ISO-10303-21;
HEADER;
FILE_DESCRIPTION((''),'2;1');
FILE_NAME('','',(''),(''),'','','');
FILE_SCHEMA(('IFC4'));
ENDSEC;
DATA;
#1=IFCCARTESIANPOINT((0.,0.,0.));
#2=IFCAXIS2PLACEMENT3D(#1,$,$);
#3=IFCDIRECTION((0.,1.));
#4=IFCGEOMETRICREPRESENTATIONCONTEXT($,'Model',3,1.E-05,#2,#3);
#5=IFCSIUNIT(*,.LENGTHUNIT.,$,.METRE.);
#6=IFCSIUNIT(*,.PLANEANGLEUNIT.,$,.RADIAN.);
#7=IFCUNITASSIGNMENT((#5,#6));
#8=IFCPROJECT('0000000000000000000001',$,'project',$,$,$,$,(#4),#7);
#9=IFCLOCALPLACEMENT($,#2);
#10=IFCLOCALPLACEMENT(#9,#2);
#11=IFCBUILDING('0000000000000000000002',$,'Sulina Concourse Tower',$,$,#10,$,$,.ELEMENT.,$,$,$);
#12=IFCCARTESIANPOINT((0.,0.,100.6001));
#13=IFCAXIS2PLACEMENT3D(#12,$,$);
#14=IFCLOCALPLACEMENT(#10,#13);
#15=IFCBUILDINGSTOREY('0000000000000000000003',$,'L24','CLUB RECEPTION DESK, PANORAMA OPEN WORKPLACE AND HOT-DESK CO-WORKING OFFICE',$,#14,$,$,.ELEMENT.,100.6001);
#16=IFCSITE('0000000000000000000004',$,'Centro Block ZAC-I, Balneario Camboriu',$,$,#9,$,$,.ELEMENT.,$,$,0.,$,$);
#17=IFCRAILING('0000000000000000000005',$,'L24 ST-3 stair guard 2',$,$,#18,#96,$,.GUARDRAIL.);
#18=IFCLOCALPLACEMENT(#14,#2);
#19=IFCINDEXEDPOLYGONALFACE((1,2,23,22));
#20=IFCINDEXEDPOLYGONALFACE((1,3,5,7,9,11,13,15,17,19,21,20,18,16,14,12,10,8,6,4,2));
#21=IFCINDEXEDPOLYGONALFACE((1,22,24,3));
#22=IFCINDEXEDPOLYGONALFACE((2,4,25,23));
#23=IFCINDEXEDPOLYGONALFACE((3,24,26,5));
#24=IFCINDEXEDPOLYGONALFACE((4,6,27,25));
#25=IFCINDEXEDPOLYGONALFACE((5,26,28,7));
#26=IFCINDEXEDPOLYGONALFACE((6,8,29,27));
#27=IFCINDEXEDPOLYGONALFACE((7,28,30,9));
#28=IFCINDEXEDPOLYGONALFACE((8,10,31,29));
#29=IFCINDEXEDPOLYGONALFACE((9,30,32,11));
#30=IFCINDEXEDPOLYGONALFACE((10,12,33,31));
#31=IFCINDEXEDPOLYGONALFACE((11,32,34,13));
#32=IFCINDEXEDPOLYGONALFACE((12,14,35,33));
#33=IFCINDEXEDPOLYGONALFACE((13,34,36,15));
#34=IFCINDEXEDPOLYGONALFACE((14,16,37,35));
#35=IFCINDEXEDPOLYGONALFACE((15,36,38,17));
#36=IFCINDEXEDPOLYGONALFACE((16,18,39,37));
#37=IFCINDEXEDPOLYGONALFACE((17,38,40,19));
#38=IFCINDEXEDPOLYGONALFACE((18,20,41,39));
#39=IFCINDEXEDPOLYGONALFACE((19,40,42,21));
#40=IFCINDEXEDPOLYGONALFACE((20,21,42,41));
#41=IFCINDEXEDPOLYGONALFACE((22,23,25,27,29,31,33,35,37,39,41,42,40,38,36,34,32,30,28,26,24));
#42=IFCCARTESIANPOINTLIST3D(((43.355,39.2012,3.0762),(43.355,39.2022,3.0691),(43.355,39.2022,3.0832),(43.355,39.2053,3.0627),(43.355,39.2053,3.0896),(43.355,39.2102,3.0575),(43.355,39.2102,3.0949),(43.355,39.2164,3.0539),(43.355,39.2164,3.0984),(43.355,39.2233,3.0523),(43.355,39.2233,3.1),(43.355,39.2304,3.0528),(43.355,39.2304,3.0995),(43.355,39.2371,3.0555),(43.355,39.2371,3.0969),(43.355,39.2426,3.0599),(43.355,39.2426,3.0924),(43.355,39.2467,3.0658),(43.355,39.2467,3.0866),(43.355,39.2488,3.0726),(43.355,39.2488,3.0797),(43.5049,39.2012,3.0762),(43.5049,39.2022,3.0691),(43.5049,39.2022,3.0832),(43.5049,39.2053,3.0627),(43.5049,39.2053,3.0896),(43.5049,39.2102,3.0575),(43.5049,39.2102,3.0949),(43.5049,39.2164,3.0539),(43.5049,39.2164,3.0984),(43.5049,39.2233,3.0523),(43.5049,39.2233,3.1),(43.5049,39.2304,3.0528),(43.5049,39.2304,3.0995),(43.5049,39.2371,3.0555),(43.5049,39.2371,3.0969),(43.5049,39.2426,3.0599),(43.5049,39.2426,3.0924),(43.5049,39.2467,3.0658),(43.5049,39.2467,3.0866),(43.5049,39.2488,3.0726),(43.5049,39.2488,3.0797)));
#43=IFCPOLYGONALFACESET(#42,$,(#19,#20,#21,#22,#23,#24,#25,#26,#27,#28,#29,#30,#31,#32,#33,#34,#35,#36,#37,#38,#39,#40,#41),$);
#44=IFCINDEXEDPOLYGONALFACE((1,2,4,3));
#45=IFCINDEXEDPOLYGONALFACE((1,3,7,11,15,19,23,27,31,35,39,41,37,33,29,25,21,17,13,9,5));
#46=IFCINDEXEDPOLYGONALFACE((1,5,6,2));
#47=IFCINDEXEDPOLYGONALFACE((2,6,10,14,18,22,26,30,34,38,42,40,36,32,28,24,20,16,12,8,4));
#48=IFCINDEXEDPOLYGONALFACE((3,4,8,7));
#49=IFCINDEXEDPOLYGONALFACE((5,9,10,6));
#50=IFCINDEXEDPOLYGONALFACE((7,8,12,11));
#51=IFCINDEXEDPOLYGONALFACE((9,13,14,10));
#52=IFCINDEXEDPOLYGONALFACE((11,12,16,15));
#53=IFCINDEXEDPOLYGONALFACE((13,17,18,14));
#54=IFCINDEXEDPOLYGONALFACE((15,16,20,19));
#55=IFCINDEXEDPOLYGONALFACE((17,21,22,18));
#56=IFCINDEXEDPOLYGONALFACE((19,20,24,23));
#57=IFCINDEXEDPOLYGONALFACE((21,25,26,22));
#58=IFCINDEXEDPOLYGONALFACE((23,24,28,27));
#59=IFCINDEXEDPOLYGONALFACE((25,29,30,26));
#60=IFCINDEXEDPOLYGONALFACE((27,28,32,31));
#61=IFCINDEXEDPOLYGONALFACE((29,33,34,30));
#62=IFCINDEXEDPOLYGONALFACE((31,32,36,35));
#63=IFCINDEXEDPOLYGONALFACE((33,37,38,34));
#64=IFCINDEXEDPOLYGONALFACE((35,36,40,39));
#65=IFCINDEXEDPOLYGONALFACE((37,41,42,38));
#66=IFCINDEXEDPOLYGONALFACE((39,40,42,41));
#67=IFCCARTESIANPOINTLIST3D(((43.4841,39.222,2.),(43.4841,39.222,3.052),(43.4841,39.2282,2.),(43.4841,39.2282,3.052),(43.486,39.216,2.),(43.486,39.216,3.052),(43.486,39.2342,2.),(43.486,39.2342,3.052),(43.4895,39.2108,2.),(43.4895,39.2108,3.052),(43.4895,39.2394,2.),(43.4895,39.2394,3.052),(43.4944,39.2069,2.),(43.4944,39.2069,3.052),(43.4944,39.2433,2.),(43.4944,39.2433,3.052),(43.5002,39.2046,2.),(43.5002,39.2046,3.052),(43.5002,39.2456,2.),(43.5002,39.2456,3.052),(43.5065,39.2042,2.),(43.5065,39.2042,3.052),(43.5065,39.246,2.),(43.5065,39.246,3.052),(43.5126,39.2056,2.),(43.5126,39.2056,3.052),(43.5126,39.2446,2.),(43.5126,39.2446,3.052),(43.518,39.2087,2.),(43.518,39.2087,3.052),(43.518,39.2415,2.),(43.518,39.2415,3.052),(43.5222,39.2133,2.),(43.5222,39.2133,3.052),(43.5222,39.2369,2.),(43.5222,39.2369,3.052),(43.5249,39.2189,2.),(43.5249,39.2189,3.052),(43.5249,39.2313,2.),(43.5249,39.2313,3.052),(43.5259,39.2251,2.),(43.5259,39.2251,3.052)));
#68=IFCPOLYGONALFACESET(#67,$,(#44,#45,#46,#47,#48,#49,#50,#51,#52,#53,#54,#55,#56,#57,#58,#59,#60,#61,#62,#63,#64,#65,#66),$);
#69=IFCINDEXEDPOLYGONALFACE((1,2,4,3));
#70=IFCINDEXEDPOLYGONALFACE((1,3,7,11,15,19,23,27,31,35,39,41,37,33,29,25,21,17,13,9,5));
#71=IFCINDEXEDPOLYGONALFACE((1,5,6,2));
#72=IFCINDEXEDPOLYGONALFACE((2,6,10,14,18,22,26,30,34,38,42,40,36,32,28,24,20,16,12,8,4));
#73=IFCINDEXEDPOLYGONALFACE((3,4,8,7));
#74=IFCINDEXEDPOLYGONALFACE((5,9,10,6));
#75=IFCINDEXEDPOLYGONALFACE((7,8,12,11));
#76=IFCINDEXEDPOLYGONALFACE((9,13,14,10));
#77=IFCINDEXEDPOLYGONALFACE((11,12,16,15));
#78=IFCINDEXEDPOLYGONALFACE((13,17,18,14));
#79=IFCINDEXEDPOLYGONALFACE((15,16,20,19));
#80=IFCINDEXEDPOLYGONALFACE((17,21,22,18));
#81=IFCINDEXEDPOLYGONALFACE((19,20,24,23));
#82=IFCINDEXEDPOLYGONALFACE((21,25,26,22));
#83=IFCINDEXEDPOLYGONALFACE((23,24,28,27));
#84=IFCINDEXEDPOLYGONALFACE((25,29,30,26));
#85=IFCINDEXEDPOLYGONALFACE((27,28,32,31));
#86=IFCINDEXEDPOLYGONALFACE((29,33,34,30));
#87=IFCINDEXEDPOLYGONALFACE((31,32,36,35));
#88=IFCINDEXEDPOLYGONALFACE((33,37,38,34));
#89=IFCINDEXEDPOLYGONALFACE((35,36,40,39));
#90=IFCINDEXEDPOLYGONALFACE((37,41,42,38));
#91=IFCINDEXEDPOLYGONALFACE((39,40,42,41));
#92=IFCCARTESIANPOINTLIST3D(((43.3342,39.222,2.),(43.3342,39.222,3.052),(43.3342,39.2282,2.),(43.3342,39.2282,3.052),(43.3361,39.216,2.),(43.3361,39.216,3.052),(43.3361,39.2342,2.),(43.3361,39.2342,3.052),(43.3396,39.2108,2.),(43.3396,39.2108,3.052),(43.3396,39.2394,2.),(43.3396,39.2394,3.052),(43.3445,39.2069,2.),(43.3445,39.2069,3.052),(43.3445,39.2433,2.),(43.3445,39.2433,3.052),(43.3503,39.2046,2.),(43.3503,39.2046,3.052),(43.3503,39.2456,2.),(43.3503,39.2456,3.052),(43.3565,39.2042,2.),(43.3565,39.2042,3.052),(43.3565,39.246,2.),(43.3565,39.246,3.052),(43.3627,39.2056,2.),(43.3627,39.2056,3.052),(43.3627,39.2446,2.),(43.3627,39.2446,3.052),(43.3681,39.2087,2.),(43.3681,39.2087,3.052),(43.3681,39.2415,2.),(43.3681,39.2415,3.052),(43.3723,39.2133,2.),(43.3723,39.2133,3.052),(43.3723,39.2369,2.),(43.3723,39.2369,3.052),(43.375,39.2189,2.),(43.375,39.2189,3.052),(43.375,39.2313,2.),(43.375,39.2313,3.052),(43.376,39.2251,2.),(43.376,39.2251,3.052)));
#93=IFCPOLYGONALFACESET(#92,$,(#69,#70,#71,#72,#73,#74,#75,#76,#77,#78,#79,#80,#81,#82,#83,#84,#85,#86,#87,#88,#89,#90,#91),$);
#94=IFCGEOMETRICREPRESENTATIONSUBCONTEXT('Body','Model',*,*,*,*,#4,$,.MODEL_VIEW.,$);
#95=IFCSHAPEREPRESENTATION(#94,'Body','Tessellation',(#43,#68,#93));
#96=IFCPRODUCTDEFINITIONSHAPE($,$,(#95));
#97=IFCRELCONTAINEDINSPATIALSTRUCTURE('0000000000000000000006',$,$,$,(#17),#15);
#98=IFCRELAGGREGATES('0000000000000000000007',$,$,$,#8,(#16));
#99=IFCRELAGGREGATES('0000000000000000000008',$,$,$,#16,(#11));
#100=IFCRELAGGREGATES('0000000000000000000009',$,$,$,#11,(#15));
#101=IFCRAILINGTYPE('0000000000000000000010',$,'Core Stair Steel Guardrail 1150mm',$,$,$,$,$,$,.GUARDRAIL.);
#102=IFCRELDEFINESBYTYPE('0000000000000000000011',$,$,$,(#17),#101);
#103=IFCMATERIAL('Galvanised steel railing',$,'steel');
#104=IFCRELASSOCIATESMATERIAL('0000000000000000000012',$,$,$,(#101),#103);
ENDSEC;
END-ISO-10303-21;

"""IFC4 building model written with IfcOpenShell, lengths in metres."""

from ifc_helpers import new_model, si_unit, direction, frame, origin, origin_2d, place, context, subcontext, project, spatial, circle, extrude, material, type_object, element, save


model = new_model("IFC4")

# Units and contexts
model_context = context("Model", 3, precision=1e-05, world=origin(), true_north=direction((0.0, 1.0)))
body_context = subcontext(model_context, "Body", "Model", "MODEL_VIEW")
ifc_project = project(units=[si_unit("LENGTHUNIT", "METRE"), si_unit("PLANEANGLEUNIT", "RADIAN")], contexts=[model_context])

# Site, building, storey
site_placement = place(None, origin())
site = spatial("IfcSite", under=ifc_project, at=site_placement, Name="Centro Block ZAC-I, Balneario Camboriu", CompositionType="ELEMENT", RefElevation=0.0)
building_placement = place(site_placement, origin())
building = spatial("IfcBuilding", under=site, at=building_placement, Name="Sulina Concourse Tower", CompositionType="ELEMENT")
storey_placement = place(building_placement, frame((0.0, 0.0, 100.6001)))
storey = spatial("IfcBuildingStorey", under=building, at=storey_placement, Name="L24", Description="CLUB RECEPTION DESK, PANORAMA OPEN WORKPLACE AND HOT-DESK CO-WORKING OFFICE", CompositionType="ELEMENT", Elevation=100.6001)

# Railing
ifc_material_1 = material(Name="Galvanised steel railing", Category="steel")
railing_type_1 = type_object("IfcRailingType", Name="Core Stair Steel Guardrail 1150mm", PredefinedType="GUARDRAIL", material=ifc_material_1)
railing_1_placement = place(storey_placement, frame((43.5049, 39.2251, 2.0)))
element("IfcRailing", 1, at=railing_1_placement, inside=storey, type_object=railing_type_1, Name="L24 ST-3 stair guard 2", PredefinedType="GUARDRAIL", context=body_context, shape_type="SweptSolid", body=[
    extrude(circle(Radius=0.0239, at=origin_2d()), frame((0.0, 0.0, 1.0762), z_axis=(-1.0, 0.0, 0.0), x_axis=(0.0, -1.0, 0.0)), (0.0, 0.0, 1.0), 0.1499),
    extrude(circle(Radius=0.021, at=origin_2d()), origin(), (0.0, 0.0, 1.0), 1.052),
    extrude(circle(Radius=0.021, at=origin_2d()), frame((-0.1499, 0.0, 0.0)), (0.0, 0.0, 1.0), 1.052),
])

save(model, "model.ifc")
